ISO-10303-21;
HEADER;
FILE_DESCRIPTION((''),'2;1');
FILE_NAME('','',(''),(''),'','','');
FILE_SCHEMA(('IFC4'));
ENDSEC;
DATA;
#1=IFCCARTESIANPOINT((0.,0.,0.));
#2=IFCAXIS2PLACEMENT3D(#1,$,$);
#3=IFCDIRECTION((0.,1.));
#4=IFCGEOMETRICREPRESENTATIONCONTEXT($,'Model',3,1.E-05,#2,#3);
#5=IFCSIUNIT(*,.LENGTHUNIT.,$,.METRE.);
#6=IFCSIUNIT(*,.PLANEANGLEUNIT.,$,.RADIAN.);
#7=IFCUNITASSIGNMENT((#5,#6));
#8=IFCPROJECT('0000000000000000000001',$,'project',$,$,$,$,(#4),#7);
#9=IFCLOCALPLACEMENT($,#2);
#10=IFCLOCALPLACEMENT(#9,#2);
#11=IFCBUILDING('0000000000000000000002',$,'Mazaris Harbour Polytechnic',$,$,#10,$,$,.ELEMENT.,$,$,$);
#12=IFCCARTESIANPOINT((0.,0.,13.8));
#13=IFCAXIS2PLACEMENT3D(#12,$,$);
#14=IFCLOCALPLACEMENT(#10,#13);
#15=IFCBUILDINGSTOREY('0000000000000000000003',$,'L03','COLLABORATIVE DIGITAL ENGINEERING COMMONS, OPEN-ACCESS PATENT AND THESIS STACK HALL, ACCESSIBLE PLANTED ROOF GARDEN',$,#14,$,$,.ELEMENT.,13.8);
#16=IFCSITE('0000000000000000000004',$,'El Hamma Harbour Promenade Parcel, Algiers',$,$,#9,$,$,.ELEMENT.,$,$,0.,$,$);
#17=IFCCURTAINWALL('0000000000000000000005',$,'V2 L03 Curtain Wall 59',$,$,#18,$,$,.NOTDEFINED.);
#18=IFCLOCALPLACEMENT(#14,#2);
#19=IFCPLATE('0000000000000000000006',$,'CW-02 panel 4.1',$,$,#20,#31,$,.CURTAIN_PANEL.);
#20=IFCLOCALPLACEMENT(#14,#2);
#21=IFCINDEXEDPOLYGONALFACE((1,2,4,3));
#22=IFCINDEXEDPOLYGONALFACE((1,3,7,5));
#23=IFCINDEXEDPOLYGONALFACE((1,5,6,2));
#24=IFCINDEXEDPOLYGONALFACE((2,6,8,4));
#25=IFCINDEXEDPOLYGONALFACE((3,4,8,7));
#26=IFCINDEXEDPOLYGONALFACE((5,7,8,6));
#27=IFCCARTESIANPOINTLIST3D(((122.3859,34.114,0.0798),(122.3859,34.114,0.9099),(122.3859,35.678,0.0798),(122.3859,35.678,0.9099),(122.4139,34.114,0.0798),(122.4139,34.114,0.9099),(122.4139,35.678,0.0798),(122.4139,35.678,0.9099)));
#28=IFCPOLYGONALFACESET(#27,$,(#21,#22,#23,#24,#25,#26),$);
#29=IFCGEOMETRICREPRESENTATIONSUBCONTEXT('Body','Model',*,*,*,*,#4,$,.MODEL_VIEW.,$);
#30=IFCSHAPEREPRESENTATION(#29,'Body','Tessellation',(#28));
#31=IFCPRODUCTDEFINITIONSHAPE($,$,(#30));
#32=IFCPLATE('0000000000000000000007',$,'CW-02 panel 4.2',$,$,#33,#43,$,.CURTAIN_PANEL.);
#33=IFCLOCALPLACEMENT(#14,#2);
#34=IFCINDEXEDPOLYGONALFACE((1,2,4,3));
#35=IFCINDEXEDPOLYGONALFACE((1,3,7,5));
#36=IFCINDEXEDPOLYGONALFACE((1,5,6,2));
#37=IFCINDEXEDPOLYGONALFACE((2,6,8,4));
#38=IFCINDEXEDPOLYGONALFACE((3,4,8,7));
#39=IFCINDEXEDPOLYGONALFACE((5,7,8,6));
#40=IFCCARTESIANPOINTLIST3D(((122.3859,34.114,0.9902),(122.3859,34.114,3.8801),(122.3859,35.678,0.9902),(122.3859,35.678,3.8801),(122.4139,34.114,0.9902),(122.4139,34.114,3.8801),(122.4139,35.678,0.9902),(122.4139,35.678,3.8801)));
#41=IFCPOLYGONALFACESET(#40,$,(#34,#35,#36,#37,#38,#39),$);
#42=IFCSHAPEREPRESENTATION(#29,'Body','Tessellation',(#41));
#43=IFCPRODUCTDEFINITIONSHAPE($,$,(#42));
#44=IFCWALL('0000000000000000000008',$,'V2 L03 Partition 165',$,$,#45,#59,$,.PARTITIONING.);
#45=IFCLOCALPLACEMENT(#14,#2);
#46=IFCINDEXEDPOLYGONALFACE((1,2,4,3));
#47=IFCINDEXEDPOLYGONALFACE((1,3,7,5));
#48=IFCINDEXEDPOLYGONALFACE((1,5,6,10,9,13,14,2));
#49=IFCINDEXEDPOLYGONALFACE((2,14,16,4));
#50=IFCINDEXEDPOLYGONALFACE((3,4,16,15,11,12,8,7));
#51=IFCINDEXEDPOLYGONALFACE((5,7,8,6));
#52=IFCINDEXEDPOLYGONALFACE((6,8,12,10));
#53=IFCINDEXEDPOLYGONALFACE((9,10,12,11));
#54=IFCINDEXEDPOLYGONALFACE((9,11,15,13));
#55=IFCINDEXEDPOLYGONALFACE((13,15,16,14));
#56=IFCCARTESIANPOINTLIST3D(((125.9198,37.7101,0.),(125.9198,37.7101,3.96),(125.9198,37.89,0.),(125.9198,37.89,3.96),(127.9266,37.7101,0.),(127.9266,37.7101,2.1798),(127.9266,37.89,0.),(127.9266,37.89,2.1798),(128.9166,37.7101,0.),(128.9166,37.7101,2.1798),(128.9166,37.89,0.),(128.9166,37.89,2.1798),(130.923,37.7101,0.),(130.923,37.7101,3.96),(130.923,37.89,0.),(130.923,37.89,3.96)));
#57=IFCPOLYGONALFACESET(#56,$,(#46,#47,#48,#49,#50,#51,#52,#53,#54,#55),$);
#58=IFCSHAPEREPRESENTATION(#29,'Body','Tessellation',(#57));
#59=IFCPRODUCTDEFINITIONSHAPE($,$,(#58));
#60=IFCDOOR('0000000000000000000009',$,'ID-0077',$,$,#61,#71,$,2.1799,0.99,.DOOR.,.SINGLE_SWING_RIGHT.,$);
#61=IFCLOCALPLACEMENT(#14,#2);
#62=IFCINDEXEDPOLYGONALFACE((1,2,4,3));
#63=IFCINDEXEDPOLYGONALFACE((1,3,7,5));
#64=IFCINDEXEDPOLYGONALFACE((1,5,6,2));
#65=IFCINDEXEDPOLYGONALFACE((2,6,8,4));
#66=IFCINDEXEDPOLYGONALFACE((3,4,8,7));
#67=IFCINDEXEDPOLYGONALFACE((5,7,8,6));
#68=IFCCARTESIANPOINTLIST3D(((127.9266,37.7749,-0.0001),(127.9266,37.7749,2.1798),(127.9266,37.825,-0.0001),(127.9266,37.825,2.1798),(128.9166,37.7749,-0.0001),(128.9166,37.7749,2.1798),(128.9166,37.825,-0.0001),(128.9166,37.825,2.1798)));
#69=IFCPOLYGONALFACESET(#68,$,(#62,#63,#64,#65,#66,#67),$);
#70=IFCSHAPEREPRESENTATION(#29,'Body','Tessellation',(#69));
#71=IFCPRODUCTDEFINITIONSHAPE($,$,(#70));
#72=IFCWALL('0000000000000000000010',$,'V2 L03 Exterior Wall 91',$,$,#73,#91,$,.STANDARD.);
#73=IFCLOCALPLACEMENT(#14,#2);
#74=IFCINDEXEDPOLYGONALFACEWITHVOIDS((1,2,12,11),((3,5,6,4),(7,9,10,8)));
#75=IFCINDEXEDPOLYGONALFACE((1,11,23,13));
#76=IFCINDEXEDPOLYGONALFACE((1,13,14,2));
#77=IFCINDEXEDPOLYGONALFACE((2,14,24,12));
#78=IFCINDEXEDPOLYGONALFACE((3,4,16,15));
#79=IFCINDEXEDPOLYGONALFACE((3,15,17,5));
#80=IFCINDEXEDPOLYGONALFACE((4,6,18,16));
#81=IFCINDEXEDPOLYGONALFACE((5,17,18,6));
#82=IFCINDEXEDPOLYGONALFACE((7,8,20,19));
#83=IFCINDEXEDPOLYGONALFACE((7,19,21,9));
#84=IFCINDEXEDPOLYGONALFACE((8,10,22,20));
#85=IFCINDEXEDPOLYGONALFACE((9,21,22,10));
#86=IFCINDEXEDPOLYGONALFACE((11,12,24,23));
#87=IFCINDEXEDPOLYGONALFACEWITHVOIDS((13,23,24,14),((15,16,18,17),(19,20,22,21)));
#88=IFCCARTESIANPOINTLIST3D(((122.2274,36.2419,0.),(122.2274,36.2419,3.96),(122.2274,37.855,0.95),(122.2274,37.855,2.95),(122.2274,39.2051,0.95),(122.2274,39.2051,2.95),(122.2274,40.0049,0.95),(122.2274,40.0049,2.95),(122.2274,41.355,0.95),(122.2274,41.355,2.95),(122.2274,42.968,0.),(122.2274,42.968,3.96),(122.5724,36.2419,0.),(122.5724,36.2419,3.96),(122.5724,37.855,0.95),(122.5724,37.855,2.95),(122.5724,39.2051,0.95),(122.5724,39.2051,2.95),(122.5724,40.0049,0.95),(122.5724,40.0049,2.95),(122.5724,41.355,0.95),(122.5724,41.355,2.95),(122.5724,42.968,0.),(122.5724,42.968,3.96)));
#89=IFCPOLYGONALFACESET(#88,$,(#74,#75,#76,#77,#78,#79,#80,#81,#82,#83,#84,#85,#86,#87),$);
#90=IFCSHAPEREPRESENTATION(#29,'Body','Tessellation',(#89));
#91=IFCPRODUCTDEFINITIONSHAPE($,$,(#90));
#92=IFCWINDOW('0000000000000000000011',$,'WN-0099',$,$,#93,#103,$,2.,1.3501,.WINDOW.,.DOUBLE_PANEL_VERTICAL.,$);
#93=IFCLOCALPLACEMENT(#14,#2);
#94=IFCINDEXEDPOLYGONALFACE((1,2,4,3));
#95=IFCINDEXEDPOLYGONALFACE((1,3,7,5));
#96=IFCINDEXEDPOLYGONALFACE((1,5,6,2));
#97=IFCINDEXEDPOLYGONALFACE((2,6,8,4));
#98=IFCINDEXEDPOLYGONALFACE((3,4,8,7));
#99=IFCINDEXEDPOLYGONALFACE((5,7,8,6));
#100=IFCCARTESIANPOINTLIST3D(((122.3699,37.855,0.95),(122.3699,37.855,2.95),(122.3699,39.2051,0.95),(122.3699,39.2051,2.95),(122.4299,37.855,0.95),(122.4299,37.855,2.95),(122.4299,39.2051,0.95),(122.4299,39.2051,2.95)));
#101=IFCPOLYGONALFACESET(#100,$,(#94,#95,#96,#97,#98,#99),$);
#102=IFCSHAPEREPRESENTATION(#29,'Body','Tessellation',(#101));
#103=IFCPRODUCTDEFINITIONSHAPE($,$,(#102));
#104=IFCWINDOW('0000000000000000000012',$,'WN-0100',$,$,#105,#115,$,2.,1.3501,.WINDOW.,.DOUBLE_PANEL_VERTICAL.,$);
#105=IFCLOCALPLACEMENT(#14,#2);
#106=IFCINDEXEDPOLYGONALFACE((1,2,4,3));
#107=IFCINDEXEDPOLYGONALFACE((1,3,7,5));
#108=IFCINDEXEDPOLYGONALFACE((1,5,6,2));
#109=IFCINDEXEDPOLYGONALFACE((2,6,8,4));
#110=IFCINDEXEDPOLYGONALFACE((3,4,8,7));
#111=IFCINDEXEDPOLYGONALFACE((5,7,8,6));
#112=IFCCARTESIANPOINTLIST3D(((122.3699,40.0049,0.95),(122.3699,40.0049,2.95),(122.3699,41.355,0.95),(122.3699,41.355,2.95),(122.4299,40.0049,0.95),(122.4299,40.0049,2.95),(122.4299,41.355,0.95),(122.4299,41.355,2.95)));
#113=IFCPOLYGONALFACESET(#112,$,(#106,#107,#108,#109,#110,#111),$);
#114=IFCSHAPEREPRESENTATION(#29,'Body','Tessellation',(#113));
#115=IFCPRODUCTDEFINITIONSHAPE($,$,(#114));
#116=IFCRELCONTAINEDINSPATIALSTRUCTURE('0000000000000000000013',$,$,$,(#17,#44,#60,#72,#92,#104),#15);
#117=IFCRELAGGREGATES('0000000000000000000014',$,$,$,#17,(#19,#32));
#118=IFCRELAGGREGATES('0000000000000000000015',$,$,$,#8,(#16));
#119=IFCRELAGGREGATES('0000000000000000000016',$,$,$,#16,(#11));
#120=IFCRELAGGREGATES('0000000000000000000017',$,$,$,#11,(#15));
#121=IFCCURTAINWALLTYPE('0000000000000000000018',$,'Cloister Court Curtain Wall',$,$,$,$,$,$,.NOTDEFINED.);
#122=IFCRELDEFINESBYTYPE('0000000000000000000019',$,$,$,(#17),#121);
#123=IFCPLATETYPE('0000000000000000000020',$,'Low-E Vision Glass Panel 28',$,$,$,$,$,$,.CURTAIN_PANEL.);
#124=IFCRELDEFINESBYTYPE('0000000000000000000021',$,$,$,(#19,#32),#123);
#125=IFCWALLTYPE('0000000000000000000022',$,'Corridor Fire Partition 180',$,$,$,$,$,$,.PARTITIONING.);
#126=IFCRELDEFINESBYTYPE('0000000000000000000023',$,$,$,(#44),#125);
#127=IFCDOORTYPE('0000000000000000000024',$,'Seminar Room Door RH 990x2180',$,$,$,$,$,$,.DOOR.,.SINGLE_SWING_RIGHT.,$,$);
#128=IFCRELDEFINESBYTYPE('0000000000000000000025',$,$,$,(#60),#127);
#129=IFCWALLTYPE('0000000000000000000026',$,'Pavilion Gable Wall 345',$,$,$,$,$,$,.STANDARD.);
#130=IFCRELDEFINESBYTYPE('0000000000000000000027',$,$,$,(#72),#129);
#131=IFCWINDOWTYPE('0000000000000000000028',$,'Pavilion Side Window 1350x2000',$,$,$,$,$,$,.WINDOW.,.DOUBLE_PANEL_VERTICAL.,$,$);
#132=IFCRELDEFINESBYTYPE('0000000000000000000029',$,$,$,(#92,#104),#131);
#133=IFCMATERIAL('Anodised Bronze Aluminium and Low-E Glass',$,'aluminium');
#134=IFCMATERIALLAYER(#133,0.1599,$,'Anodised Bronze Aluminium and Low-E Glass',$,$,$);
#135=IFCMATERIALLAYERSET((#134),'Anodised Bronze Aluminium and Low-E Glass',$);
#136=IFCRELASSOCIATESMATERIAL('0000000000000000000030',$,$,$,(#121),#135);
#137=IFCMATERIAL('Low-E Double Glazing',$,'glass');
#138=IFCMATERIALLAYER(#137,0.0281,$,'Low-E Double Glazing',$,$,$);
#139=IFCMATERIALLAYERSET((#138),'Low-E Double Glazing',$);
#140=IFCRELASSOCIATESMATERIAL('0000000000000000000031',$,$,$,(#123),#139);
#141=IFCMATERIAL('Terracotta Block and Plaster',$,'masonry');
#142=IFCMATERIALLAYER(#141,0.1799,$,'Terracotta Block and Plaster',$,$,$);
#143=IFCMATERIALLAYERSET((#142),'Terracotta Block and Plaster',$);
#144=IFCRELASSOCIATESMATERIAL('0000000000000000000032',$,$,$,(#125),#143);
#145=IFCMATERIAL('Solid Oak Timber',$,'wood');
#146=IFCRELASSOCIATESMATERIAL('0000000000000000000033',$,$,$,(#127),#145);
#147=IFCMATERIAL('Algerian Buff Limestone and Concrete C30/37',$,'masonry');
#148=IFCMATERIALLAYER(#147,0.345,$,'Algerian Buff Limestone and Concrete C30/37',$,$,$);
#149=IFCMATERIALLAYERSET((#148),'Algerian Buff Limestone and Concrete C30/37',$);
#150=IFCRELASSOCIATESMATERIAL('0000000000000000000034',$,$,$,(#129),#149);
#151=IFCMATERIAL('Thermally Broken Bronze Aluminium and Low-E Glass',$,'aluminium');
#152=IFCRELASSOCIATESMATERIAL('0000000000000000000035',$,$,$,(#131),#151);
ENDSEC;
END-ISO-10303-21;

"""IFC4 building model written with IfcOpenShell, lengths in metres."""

from ifc_helpers import new_model, si_unit, direction, frame, frame_2d, origin, origin_2d, place, context, subcontext, project, spatial, rectangle, extrude, material, layer, layer_set, type_object, element, fill, aggregate, save


model = new_model("IFC4")

# Units and contexts
model_context = context("Model", 3, precision=1e-05, world=origin(), true_north=direction((0.0, 1.0)))
body_context = subcontext(model_context, "Body", "Model", "MODEL_VIEW")
ifc_project = project(units=[si_unit("LENGTHUNIT", "METRE"), si_unit("PLANEANGLEUNIT", "RADIAN")], contexts=[model_context])

# Site, building, storey
site_placement = place(None, origin())
site = spatial("IfcSite", under=ifc_project, at=site_placement, Name="El Hamma Harbour Promenade Parcel, Algiers", CompositionType="ELEMENT", RefElevation=0.0)
building_placement = place(site_placement, origin())
building = spatial("IfcBuilding", under=site, at=building_placement, Name="Mazaris Harbour Polytechnic", CompositionType="ELEMENT")
storey_placement = place(building_placement, frame((0.0, 0.0, 13.8)))
storey = spatial("IfcBuildingStorey", under=building, at=storey_placement, Name="L03", Description="COLLABORATIVE DIGITAL ENGINEERING COMMONS, OPEN-ACCESS PATENT AND THESIS STACK HALL, ACCESSIBLE PLANTED ROOF GARDEN", CompositionType="ELEMENT", Elevation=13.8)

# Shared definitions
ifc_material_1 = material(Name="Anodised Bronze Aluminium and Low-E Glass", Category="aluminium")
ifc_layer_1 = layer(ifc_material_1, 0.1599, Name="Anodised Bronze Aluminium and Low-E Glass")
ifc_layer_set_1 = layer_set([ifc_layer_1], Name="Anodised Bronze Aluminium and Low-E Glass")
curtain_wall_type = type_object("IfcCurtainWallType", Name="Cloister Court Curtain Wall", PredefinedType="NOTDEFINED", material=ifc_layer_set_1)

# Curtain wall
curtain_wall_1_placement = place(storey_placement, origin())
curtain_wall_1 = element("IfcCurtainWall", 1, at=curtain_wall_1_placement, inside=storey, type_object=curtain_wall_type, Name="V2 L03 Curtain Wall 59", PredefinedType="NOTDEFINED")

# Plates
ifc_material_2 = material(Name="Low-E Double Glazing", Category="glass")
ifc_layer_2 = layer(ifc_material_2, 0.0281, Name="Low-E Double Glazing")
ifc_layer_set_2 = layer_set([ifc_layer_2], Name="Low-E Double Glazing")
plate_type = type_object("IfcPlateType", Name="Low-E Vision Glass Panel 28", PredefinedType="CURTAIN_PANEL", material=ifc_layer_set_2)
plate_1_placement = place(storey_placement, frame((122.3999, 34.896, 0.0798), z_axis=(0.0, 0.0, 1.0), x_axis=(0.0, 1.0, 0.0)))
plate_1 = element("IfcPlate", 2, at=plate_1_placement, type_object=plate_type, Name="CW-02 panel 4.1", PredefinedType="CURTAIN_PANEL", context=body_context, shape_type="SweptSolid", body=[
    extrude(rectangle(XDim=1.564, YDim=0.0281, at=origin_2d()), origin(), (0.0, 0.0, 1.0), 0.8301),
])
plate_2_placement = place(storey_placement, frame((122.3999, 34.896, 0.9902), z_axis=(0.0, 0.0, 1.0), x_axis=(0.0, 1.0, 0.0)))
plate_2 = element("IfcPlate", 3, at=plate_2_placement, type_object=plate_type, Name="CW-02 panel 4.2", PredefinedType="CURTAIN_PANEL", context=body_context, shape_type="SweptSolid", body=[
    extrude(rectangle(XDim=1.564, YDim=0.0281, at=origin_2d()), origin(), (0.0, 0.0, 1.0), 2.8899),
])
aggregate(curtain_wall_1, [plate_1, plate_2])

# Wall, opening, door
ifc_material_3 = material(Name="Terracotta Block and Plaster", Category="masonry")
ifc_layer_3 = layer(ifc_material_3, 0.1799, Name="Terracotta Block and Plaster")
ifc_layer_set_3 = layer_set([ifc_layer_3], Name="Terracotta Block and Plaster")
wall_type_1 = type_object("IfcWallType", Name="Corridor Fire Partition 180", PredefinedType="PARTITIONING", material=ifc_layer_set_3)
wall_1_placement = place(storey_placement, frame((125.9199, 37.8, 0.0), z_axis=(0.0, 0.0, 1.0), x_axis=(1.0, 0.0, 0.0)))
wall_1 = element("IfcWall", 4, at=wall_1_placement, inside=storey, type_object=wall_type_1, Name="V2 L03 Partition 165", PredefinedType="PARTITIONING", context=body_context, shape_type="SweptSolid", body=[
    extrude(rectangle(XDim=5.0032, YDim=0.1799, at=frame_2d((2.5015, 0.0))), origin(), (0.0, 0.0, 1.0), 3.96),
])
opening_1_placement = place(wall_1_placement, frame((2.0066, 0.0, 0.0)))
opening_1 = element("IfcOpeningElement", 5, at=opening_1_placement, cuts=wall_1, PredefinedType="OPENING", context=body_context, shape_type="SweptSolid", body=[
    extrude(rectangle(XDim=0.99, YDim=2.1799, at=frame_2d((0.4951, 1.0898))), frame((0.0, 0.0999, 0.0), z_axis=(0.0, -1.0, 0.0), x_axis=(1.0, 0.0, 0.0)), (0.0, 0.0, 1.0), 0.2),
])
ifc_material_4 = material(Name="Solid Oak Timber", Category="wood")
door_type = type_object("IfcDoorType", Name="Seminar Room Door RH 990x2180", OperationType="SINGLE_SWING_RIGHT", PredefinedType="DOOR", material=ifc_material_4)
door_placement = place(opening_1_placement, origin())
door = element("IfcDoor", 6, at=door_placement, inside=storey, type_object=door_type, Name="ID-0077", OperationType="SINGLE_SWING_RIGHT", OverallHeight=2.1799, OverallWidth=0.99, PredefinedType="DOOR", context=body_context, shape_type="SweptSolid", body=[
    extrude(rectangle(XDim=0.99, YDim=2.1799, at=frame_2d((0.4951, 1.0898))), frame((0.0, 0.0249, 0.0), z_axis=(0.0, -1.0, 0.0), x_axis=(1.0, 0.0, 0.0)), (0.0, 0.0, 1.0), 0.05),
])
fill(opening_1, door)

# Wall, openings, windows
ifc_material_5 = material(Name="Algerian Buff Limestone and Concrete C30/37", Category="masonry")
ifc_layer_4 = layer(ifc_material_5, 0.345, Name="Algerian Buff Limestone and Concrete C30/37")
ifc_layer_set_4 = layer_set([ifc_layer_4], Name="Algerian Buff Limestone and Concrete C30/37")
wall_type_2 = type_object("IfcWallType", Name="Pavilion Gable Wall 345", PredefinedType="STANDARD", material=ifc_layer_set_4)
wall_2_placement = place(storey_placement, frame((122.3999, 36.2419, 0.0), z_axis=(0.0, 0.0, 1.0), x_axis=(0.0, 1.0, 0.0)))
wall_2 = element("IfcWall", 7, at=wall_2_placement, inside=storey, type_object=wall_type_2, Name="V2 L03 Exterior Wall 91", PredefinedType="STANDARD", context=body_context, shape_type="SweptSolid", body=[
    extrude(rectangle(XDim=6.7261, YDim=0.345, at=frame_2d((3.363, 0.0))), origin(), (0.0, 0.0, 1.0), 3.96),
])
opening_2_placement = place(wall_2_placement, frame((1.613, 0.0, 0.95)))
opening_2 = element("IfcOpeningElement", 8, at=opening_2_placement, cuts=wall_2, PredefinedType="OPENING", context=body_context, shape_type="SweptSolid", body=[
    extrude(rectangle(XDim=1.3501, YDim=2.0, at=frame_2d((0.675, 1.0))), frame((0.0, 0.1824, 0.0), z_axis=(0.0, -1.0, 0.0), x_axis=(1.0, 0.0, 0.0)), (0.0, 0.0, 1.0), 0.365),
])
opening_3_placement = place(wall_2_placement, frame((3.7629, 0.0, 0.95)))
opening_3 = element("IfcOpeningElement", 9, at=opening_3_placement, cuts=wall_2, PredefinedType="OPENING", context=body_context, shape_type="SweptSolid", body=[
    extrude(rectangle(XDim=1.3501, YDim=2.0, at=frame_2d((0.675, 1.0))), frame((0.0, 0.1824, 0.0), z_axis=(0.0, -1.0, 0.0), x_axis=(1.0, 0.0, 0.0)), (0.0, 0.0, 1.0), 0.365),
])
ifc_material_6 = material(Name="Thermally Broken Bronze Aluminium and Low-E Glass", Category="aluminium")
window_type = type_object("IfcWindowType", Name="Pavilion Side Window 1350x2000", PartitioningType="DOUBLE_PANEL_VERTICAL", PredefinedType="WINDOW", material=ifc_material_6)
window_1_placement = place(opening_2_placement, origin())
window_1 = element("IfcWindow", 10, at=window_1_placement, inside=storey, type_object=window_type, Name="WN-0099", OverallHeight=2.0, OverallWidth=1.3501, PartitioningType="DOUBLE_PANEL_VERTICAL", PredefinedType="WINDOW", context=body_context, shape_type="SweptSolid", body=[
    extrude(rectangle(XDim=1.3501, YDim=2.0, at=frame_2d((0.675, 1.0))), frame((0.0, 0.03, 0.0), z_axis=(0.0, -1.0, 0.0), x_axis=(1.0, 0.0, 0.0)), (0.0, 0.0, 1.0), 0.0601),
])
fill(opening_2, window_1)
window_2_placement = place(opening_3_placement, origin())
window_2 = element("IfcWindow", 11, at=window_2_placement, inside=storey, type_object=window_type, Name="WN-0100", OverallHeight=2.0, OverallWidth=1.3501, PartitioningType="DOUBLE_PANEL_VERTICAL", PredefinedType="WINDOW", context=body_context, shape_type="SweptSolid", body=[
    extrude(rectangle(XDim=1.3501, YDim=2.0, at=frame_2d((0.675, 1.0))), frame((0.0, 0.03, 0.0), z_axis=(0.0, -1.0, 0.0), x_axis=(1.0, 0.0, 0.0)), (0.0, 0.0, 1.0), 0.0601),
])
fill(opening_3, window_2)

save(model, "model.ifc")
